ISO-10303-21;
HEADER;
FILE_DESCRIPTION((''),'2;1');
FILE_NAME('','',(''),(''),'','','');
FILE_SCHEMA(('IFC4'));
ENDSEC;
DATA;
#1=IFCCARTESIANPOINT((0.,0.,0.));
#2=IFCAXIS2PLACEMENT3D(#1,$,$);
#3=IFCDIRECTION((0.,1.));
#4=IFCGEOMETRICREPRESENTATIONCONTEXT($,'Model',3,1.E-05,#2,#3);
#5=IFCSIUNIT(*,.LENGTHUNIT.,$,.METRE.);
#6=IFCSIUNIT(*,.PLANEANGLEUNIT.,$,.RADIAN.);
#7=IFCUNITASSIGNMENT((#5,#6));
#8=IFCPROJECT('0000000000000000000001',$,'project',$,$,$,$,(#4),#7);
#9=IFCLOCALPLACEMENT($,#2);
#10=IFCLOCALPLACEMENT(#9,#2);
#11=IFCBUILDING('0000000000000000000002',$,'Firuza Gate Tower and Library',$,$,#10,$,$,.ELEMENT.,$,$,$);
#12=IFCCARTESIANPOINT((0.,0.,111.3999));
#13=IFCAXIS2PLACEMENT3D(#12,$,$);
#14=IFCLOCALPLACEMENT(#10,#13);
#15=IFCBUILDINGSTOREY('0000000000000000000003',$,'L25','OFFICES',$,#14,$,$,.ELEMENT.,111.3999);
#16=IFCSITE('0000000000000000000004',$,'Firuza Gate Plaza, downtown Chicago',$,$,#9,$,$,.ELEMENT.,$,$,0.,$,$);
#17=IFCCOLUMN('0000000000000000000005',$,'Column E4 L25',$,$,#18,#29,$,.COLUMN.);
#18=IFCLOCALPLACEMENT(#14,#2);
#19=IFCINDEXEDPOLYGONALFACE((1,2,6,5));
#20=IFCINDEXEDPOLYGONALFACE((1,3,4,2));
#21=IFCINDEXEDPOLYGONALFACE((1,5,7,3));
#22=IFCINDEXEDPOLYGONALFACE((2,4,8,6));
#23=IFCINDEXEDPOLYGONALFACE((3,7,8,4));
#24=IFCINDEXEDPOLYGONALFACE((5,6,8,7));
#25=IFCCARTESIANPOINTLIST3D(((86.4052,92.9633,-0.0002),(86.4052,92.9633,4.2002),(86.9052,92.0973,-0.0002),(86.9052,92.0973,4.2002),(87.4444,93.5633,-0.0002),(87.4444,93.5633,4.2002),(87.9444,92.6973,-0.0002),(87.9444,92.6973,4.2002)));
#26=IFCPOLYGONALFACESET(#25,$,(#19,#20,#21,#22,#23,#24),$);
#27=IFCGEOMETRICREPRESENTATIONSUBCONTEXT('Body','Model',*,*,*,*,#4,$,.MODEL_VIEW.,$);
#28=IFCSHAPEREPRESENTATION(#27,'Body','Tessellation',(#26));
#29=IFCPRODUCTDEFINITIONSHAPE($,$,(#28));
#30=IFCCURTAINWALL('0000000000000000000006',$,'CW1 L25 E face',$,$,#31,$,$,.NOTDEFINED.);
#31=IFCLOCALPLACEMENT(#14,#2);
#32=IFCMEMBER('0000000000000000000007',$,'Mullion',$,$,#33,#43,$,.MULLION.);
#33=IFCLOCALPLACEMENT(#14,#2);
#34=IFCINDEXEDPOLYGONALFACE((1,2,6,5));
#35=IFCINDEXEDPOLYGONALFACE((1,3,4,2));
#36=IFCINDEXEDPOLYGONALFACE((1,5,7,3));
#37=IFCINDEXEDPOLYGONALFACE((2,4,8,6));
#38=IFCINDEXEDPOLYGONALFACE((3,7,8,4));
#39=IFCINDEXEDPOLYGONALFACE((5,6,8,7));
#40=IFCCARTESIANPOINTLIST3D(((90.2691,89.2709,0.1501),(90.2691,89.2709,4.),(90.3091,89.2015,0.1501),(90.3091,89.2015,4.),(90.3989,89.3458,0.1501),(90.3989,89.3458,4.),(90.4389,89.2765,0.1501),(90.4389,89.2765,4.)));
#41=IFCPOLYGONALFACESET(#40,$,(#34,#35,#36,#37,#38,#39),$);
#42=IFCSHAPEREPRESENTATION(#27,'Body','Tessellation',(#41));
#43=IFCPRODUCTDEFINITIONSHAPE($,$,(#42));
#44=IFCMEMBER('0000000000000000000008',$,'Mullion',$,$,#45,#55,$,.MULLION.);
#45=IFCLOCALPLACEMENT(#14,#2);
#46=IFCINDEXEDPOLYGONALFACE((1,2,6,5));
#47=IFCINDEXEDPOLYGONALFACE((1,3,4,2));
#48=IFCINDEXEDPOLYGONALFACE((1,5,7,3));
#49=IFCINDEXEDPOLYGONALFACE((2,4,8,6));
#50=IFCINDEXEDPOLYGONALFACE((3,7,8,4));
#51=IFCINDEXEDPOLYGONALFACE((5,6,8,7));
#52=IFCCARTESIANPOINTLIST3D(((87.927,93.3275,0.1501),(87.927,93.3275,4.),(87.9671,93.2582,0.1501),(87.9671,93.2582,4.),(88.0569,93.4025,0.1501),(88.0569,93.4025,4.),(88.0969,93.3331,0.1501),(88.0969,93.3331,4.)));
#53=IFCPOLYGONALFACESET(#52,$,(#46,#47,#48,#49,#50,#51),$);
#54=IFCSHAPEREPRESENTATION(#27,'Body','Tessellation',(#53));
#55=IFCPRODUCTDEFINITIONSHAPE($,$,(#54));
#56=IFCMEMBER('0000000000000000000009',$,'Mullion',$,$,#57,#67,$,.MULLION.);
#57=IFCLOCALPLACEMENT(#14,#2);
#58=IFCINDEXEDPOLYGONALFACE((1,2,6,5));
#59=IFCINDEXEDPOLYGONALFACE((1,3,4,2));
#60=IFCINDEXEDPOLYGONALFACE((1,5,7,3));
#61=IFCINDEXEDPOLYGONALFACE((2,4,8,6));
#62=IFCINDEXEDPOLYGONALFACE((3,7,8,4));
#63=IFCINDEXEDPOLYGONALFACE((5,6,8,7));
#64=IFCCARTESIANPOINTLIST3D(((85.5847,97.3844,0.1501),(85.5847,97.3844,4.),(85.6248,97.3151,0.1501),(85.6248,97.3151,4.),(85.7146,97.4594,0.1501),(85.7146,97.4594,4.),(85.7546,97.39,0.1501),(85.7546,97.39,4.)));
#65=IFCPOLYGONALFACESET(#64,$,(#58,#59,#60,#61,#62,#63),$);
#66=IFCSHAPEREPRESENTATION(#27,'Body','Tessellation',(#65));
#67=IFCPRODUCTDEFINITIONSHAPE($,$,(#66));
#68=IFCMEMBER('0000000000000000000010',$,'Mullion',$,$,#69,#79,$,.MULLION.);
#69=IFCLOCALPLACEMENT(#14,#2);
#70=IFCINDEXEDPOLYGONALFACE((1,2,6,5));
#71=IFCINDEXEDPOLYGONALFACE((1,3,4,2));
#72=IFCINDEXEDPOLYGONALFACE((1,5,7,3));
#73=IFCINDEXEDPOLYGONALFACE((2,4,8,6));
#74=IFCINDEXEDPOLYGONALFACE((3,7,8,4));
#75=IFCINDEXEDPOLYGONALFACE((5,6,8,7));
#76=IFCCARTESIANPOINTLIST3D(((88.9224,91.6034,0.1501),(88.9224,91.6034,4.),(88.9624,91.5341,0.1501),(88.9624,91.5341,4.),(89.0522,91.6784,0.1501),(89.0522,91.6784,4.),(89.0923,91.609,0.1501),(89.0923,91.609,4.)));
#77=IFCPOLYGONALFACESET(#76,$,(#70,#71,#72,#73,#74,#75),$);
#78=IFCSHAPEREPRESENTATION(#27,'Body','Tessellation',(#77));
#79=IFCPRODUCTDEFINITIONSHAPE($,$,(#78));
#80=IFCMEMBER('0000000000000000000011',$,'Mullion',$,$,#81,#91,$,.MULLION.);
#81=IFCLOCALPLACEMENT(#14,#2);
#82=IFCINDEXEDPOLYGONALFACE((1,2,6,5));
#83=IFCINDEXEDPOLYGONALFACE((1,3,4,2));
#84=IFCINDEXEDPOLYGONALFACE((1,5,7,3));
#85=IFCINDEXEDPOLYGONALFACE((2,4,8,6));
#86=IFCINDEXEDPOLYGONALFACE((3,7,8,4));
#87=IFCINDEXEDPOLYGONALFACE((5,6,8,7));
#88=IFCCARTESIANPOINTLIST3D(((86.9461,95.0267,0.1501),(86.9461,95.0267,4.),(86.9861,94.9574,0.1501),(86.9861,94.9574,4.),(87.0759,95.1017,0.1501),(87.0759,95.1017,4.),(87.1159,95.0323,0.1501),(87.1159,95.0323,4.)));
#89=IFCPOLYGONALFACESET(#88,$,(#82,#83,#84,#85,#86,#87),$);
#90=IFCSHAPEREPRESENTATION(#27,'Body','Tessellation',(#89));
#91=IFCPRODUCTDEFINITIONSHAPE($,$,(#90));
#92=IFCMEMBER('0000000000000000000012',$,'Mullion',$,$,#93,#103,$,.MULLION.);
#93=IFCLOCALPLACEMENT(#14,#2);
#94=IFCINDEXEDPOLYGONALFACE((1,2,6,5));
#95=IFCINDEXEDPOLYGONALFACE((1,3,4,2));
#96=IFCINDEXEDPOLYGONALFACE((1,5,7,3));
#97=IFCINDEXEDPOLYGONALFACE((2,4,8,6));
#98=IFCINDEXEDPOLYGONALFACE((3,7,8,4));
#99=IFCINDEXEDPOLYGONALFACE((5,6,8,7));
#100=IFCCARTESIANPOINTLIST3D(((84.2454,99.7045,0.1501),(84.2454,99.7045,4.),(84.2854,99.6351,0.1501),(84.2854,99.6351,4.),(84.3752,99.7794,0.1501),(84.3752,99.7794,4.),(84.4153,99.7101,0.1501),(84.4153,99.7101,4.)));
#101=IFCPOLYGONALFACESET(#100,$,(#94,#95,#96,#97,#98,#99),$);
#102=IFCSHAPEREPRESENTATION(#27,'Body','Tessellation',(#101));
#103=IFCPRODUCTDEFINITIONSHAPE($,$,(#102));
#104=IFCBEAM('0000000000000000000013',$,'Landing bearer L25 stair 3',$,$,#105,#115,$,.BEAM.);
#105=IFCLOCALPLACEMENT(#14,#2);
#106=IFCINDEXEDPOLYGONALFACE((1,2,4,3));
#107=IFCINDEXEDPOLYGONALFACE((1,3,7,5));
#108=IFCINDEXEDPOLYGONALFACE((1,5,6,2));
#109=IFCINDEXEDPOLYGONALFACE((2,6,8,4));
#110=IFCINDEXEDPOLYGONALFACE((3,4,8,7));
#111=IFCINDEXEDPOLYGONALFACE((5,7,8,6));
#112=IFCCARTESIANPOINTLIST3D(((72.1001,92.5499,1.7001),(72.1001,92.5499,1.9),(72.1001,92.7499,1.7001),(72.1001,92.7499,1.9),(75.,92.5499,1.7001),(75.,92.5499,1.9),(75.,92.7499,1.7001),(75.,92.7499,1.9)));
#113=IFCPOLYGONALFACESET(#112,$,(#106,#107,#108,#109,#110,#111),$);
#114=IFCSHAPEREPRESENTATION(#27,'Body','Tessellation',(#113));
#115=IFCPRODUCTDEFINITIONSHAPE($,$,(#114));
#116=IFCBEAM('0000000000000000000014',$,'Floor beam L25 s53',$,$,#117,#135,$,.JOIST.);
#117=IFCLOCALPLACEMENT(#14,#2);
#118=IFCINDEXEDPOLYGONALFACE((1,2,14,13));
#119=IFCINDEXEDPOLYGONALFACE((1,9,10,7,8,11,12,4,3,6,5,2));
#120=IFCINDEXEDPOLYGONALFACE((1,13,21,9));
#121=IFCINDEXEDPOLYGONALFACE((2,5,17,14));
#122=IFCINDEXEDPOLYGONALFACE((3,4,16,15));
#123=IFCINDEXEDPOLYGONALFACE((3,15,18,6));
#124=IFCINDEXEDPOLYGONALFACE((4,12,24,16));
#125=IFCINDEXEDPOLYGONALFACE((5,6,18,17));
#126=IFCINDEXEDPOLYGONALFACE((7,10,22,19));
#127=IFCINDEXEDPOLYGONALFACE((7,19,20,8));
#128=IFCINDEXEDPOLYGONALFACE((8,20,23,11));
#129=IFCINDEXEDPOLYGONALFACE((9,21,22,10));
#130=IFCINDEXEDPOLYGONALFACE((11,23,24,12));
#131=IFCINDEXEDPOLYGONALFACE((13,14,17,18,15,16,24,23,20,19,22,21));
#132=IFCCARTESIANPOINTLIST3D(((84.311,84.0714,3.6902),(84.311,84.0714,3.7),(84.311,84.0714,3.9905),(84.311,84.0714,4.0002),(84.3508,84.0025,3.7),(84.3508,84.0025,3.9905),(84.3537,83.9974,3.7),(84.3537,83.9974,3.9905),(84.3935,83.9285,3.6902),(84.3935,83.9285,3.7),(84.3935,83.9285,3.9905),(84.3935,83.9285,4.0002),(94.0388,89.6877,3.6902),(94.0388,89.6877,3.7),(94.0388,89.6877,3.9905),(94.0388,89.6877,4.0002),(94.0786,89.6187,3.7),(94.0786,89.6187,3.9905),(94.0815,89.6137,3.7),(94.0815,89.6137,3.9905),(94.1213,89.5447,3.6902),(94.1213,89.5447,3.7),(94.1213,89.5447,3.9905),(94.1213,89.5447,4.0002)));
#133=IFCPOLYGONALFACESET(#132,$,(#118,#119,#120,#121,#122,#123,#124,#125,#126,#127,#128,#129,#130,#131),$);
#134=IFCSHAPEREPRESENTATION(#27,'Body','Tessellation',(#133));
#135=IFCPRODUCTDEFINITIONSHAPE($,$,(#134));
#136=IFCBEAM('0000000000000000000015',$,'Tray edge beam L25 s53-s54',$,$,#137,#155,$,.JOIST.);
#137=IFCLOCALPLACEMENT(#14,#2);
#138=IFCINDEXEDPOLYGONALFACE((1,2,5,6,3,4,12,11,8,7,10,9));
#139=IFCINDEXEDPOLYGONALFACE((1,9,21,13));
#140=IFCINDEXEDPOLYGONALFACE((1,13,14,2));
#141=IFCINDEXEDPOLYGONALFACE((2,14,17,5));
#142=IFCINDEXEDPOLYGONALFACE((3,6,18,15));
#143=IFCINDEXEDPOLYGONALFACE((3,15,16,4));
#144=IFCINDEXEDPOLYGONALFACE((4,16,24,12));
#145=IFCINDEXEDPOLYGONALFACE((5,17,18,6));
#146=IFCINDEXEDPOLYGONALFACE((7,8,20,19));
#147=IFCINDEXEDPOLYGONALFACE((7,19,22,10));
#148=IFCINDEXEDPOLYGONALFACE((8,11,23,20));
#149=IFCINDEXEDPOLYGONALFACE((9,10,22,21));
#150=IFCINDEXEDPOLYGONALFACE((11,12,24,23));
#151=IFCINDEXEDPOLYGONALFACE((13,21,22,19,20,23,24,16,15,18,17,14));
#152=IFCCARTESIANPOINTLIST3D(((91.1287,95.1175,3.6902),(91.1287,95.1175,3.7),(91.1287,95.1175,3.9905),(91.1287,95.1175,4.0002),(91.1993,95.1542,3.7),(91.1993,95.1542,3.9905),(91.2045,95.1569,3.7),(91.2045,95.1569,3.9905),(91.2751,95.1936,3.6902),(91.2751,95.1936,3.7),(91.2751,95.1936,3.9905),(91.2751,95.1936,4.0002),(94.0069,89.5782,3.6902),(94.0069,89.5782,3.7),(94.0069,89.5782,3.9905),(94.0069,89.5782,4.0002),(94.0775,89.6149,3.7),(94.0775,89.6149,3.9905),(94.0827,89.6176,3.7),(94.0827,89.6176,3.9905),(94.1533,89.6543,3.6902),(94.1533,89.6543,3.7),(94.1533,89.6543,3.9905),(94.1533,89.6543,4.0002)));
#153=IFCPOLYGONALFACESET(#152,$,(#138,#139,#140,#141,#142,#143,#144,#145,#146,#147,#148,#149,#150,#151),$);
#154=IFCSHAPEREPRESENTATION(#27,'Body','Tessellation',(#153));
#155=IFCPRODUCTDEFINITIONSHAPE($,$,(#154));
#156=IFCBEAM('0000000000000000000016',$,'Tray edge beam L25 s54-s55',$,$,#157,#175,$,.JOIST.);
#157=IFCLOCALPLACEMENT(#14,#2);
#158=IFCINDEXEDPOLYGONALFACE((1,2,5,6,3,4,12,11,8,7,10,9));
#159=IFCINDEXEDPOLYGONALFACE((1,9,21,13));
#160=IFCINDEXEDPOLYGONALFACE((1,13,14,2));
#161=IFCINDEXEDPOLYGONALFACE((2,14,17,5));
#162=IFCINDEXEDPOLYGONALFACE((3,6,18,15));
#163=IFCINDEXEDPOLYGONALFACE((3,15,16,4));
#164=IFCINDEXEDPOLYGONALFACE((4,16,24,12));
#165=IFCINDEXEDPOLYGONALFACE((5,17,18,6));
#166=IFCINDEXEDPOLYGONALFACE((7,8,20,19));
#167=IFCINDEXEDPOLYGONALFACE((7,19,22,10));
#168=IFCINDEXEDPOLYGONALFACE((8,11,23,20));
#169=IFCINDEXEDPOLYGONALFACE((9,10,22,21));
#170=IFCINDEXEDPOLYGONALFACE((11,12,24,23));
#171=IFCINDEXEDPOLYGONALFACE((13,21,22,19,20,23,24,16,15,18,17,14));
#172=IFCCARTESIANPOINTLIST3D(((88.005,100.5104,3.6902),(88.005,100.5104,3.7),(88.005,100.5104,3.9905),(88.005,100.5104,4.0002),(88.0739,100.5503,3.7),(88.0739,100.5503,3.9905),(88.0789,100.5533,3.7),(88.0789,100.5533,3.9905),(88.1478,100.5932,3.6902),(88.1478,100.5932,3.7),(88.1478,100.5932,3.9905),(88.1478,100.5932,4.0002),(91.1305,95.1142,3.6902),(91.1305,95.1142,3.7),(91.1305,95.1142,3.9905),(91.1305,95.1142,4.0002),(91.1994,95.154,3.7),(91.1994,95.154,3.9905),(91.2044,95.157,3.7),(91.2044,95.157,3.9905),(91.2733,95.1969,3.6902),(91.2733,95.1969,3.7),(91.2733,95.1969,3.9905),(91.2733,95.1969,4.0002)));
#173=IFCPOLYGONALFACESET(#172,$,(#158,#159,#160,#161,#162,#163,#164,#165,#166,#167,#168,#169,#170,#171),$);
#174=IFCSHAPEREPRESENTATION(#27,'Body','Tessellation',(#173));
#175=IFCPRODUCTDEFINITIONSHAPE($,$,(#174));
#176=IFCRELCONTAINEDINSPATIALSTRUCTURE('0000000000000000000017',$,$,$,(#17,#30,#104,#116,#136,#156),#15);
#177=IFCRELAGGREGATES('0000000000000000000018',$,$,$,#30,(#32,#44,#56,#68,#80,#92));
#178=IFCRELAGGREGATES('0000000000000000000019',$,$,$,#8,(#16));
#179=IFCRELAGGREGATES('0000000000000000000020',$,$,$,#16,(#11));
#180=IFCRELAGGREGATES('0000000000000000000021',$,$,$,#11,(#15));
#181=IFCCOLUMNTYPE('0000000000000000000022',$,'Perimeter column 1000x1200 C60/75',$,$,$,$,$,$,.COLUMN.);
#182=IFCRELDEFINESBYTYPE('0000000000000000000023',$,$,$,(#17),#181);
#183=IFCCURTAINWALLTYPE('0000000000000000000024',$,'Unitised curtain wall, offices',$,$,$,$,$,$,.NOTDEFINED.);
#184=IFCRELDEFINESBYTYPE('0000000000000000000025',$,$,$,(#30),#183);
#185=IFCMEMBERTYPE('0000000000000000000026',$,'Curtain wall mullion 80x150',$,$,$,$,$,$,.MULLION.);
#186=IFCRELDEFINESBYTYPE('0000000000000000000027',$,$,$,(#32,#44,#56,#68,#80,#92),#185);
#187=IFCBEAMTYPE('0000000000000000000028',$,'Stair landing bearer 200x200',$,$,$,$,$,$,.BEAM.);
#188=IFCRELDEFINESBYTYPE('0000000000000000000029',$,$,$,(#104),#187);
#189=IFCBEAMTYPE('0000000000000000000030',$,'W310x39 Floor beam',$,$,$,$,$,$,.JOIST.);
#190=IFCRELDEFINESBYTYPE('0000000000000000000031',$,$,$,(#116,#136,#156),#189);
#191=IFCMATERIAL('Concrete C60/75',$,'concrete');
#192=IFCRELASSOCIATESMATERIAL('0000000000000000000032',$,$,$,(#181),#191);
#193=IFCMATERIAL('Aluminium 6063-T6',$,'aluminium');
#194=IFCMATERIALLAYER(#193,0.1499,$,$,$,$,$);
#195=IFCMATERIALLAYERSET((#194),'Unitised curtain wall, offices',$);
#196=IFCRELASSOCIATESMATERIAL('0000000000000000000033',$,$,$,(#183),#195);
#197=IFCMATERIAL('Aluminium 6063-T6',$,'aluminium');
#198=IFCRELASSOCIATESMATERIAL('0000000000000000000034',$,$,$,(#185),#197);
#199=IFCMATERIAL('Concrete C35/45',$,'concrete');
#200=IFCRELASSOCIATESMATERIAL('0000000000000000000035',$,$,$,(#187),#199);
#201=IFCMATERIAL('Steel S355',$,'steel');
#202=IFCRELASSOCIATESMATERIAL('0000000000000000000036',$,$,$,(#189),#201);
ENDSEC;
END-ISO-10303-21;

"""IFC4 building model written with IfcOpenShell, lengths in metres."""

from ifc_helpers import new_model, si_unit, direction, frame, origin, origin_2d, place, context, subcontext, project, spatial, rectangle, i_section, extrude, material, layer, layer_set, material_profile, profile_set, type_object, element, aggregate, save


model = new_model("IFC4")

# Units and contexts
model_context = context("Model", 3, precision=1e-05, world=origin(), true_north=direction((0.0, 1.0)))
body_context = subcontext(model_context, "Body", "Model", "MODEL_VIEW")
ifc_project = project(units=[si_unit("LENGTHUNIT", "METRE"), si_unit("PLANEANGLEUNIT", "RADIAN")], contexts=[model_context])

# Site, building, storey
site_placement = place(None, origin())
site = spatial("IfcSite", under=ifc_project, at=site_placement, Name="Firuza Gate Plaza, downtown Chicago", CompositionType="ELEMENT", RefElevation=0.0)
building_placement = place(site_placement, origin())
building = spatial("IfcBuilding", under=site, at=building_placement, Name="Firuza Gate Tower and Library", CompositionType="ELEMENT")
storey_placement = place(building_placement, frame((0.0, 0.0, 111.3999)))
storey = spatial("IfcBuildingStorey", under=building, at=storey_placement, Name="L25", Description="OFFICES", CompositionType="ELEMENT", Elevation=111.3999)

# Column
ifc_material_1 = material(Name="Concrete C60/75", Category="concrete")
ifc_material_profile_1 = material_profile(ifc_material_1, rectangle(XDim=1.0, YDim=1.2, at=origin_2d()))
ifc_profile_set_1 = profile_set([ifc_material_profile_1], Name="Concrete C60/75")
column_type = type_object("IfcColumnType", Name="Perimeter column 1000x1200 C60/75", PredefinedType="COLUMN", material=ifc_profile_set_1)
column_placement = place(storey_placement, frame((87.1748, 92.8303, -0.0002), z_axis=(0.0, 0.0, 1.0), x_axis=(-0.5, 0.866025, 0.0)))
element("IfcColumn", 1, at=column_placement, inside=storey, type_object=column_type, Name="Column E4 L25", PredefinedType="COLUMN", context=body_context, shape_type="SweptSolid", body=[
    extrude(rectangle(XDim=1.0, YDim=1.2, at=origin_2d()), origin(), (0.0, 0.0, 1.0), 4.2004),
])

# Curtain wall, members
ifc_material_2 = material(Name="Aluminium 6063-T6", Category="aluminium")
ifc_layer_1 = layer(ifc_material_2, 0.1499)
ifc_layer_set_1 = layer_set([ifc_layer_1], Name="Unitised curtain wall, offices")
curtain_wall_type = type_object("IfcCurtainWallType", Name="Unitised curtain wall, offices", PredefinedType="NOTDEFINED", material=ifc_layer_set_1)
curtain_wall_placement = place(storey_placement, origin())
curtain_wall = element("IfcCurtainWall", 2, at=curtain_wall_placement, inside=storey, type_object=curtain_wall_type, Name="CW1 L25 E face", PredefinedType="NOTDEFINED")
ifc_material_3 = material(Name="Aluminium 6063-T6", Category="aluminium")
ifc_material_profile_2 = material_profile(ifc_material_3, rectangle(XDim=0.1499, YDim=0.0801, at=origin_2d()))
ifc_profile_set_2 = profile_set([ifc_material_profile_2], Name="Aluminium 6063-T6")
member_type = type_object("IfcMemberType", Name="Curtain wall mullion 80x150", PredefinedType="MULLION", material=ifc_profile_set_2)
member_1_placement = place(storey_placement, frame((90.354, 89.2737, 0.1501), z_axis=(0.0, 0.0, 1.0), x_axis=(-0.866025, -0.5, 0.0)))
member_1 = element("IfcMember", 3, at=member_1_placement, type_object=member_type, Name="Mullion", PredefinedType="MULLION", context=body_context, shape_type="SweptSolid", body=[
    extrude(rectangle(XDim=0.1499, YDim=0.0801, at=origin_2d()), origin(), (0.0, 0.0, 1.0), 3.8499),
])
member_2_placement = place(storey_placement, frame((88.012, 93.3303, 0.1501), z_axis=(0.0, 0.0, 1.0), x_axis=(-0.866025, -0.5, 0.0)))
member_2 = element("IfcMember", 4, at=member_2_placement, type_object=member_type, Name="Mullion", PredefinedType="MULLION", context=body_context, shape_type="SweptSolid", body=[
    extrude(rectangle(XDim=0.1499, YDim=0.0801, at=origin_2d()), origin(), (0.0, 0.0, 1.0), 3.8499),
])
member_3_placement = place(storey_placement, frame((85.6697, 97.3872, 0.1501), z_axis=(0.0, 0.0, 1.0), x_axis=(-0.866025, -0.5, 0.0)))
member_3 = element("IfcMember", 5, at=member_3_placement, type_object=member_type, Name="Mullion", PredefinedType="MULLION", context=body_context, shape_type="SweptSolid", body=[
    extrude(rectangle(XDim=0.1499, YDim=0.0801, at=origin_2d()), origin(), (0.0, 0.0, 1.0), 3.8499),
])
member_4_placement = place(storey_placement, frame((89.0073, 91.6062, 0.1501), z_axis=(0.0, 0.0, 1.0), x_axis=(-0.866025, -0.5, 0.0)))
member_4 = element("IfcMember", 6, at=member_4_placement, type_object=member_type, Name="Mullion", PredefinedType="MULLION", context=body_context, shape_type="SweptSolid", body=[
    extrude(rectangle(XDim=0.1499, YDim=0.0801, at=origin_2d()), origin(), (0.0, 0.0, 1.0), 3.8499),
])
member_5_placement = place(storey_placement, frame((87.031, 95.0295, 0.1501), z_axis=(0.0, 0.0, 1.0), x_axis=(-0.866025, -0.5, 0.0)))
member_5 = element("IfcMember", 7, at=member_5_placement, type_object=member_type, Name="Mullion", PredefinedType="MULLION", context=body_context, shape_type="SweptSolid", body=[
    extrude(rectangle(XDim=0.1499, YDim=0.0801, at=origin_2d()), origin(), (0.0, 0.0, 1.0), 3.8499),
])
member_6_placement = place(storey_placement, frame((84.3303, 99.7073, 0.1501), z_axis=(0.0, 0.0, 1.0), x_axis=(-0.866025, -0.5, 0.0)))
member_6 = element("IfcMember", 8, at=member_6_placement, type_object=member_type, Name="Mullion", PredefinedType="MULLION", context=body_context, shape_type="SweptSolid", body=[
    extrude(rectangle(XDim=0.1499, YDim=0.0801, at=origin_2d()), origin(), (0.0, 0.0, 1.0), 3.8499),
])

# Beams
ifc_material_4 = material(Name="Concrete C35/45", Category="concrete")
ifc_material_profile_3 = material_profile(ifc_material_4, rectangle(XDim=0.2, YDim=0.2, at=origin_2d()))
ifc_profile_set_3 = profile_set([ifc_material_profile_3], Name="Concrete C35/45")
beam_type_1 = type_object("IfcBeamType", Name="Stair landing bearer 200x200", PredefinedType="BEAM", material=ifc_profile_set_3)
beam_1_placement = place(storey_placement, frame((75.0, 92.6499, 1.8), z_axis=(-1.0, 0.0, 0.0), x_axis=(0.0, -1.0, 0.0)))
element("IfcBeam", 9, at=beam_1_placement, inside=storey, type_object=beam_type_1, Name="Landing bearer L25 stair 3", PredefinedType="BEAM", context=body_context, shape_type="SweptSolid", body=[
    extrude(rectangle(XDim=0.2, YDim=0.2, at=origin_2d()), origin(), (0.0, 0.0, 1.0), 2.8999),
])
ifc_material_5 = material(Name="Steel S355", Category="steel")
ifc_material_profile_4 = material_profile(ifc_material_5, i_section(OverallWidth=0.165, OverallDepth=0.3101, WebThickness=0.0059, FlangeThickness=0.0098, at=origin_2d()))
ifc_profile_set_4 = profile_set([ifc_material_profile_4], Name="Steel S355")
beam_type_2 = type_object("IfcBeamType", Name="W310x39 Floor beam", PredefinedType="JOIST", material=ifc_profile_set_4)
beam_2_placement = place(storey_placement, frame((94.0801, 89.6162, 3.8452), z_axis=(-0.86603, -0.499991, 0.0), x_axis=(0.499991, -0.86603, 0.0)))
element("IfcBeam", 10, at=beam_2_placement, inside=storey, type_object=beam_type_2, Name="Floor beam L25 s53", PredefinedType="JOIST", context=body_context, shape_type="SweptSolid", body=[
    extrude(i_section(OverallWidth=0.165, OverallDepth=0.3101, WebThickness=0.0059, FlangeThickness=0.0098, at=origin_2d()), origin(), (0.0, 0.0, 1.0), 11.2327),
])
beam_3_placement = place(storey_placement, frame((94.0801, 89.6162, 3.8452), z_axis=(-0.461067, 0.887365, 0.0), x_axis=(-0.887365, -0.461067, 0.0)))
element("IfcBeam", 11, at=beam_3_placement, inside=storey, type_object=beam_type_2, Name="Tray edge beam L25 s53-s54", PredefinedType="JOIST", context=body_context, shape_type="SweptSolid", body=[
    extrude(i_section(OverallWidth=0.165, OverallDepth=0.3101, WebThickness=0.0059, FlangeThickness=0.0098, at=origin_2d()), origin(), (0.0, 0.0, 1.0), 6.2424),
])
beam_4_placement = place(storey_placement, frame((91.2019, 95.1555, 3.8452), z_axis=(-0.501198, 0.865332, 0.0), x_axis=(-0.865332, -0.501198, 0.0)))
element("IfcBeam", 12, at=beam_4_placement, inside=storey, type_object=beam_type_2, Name="Tray edge beam L25 s54-s55", PredefinedType="JOIST", context=body_context, shape_type="SweptSolid", body=[
    extrude(i_section(OverallWidth=0.165, OverallDepth=0.3101, WebThickness=0.0059, FlangeThickness=0.0098, at=origin_2d()), origin(), (0.0, 0.0, 1.0), 6.2361),
])

aggregate(curtain_wall, [member_1, member_2, member_3, member_4, member_5, member_6])

save(model, "model.ifc")
